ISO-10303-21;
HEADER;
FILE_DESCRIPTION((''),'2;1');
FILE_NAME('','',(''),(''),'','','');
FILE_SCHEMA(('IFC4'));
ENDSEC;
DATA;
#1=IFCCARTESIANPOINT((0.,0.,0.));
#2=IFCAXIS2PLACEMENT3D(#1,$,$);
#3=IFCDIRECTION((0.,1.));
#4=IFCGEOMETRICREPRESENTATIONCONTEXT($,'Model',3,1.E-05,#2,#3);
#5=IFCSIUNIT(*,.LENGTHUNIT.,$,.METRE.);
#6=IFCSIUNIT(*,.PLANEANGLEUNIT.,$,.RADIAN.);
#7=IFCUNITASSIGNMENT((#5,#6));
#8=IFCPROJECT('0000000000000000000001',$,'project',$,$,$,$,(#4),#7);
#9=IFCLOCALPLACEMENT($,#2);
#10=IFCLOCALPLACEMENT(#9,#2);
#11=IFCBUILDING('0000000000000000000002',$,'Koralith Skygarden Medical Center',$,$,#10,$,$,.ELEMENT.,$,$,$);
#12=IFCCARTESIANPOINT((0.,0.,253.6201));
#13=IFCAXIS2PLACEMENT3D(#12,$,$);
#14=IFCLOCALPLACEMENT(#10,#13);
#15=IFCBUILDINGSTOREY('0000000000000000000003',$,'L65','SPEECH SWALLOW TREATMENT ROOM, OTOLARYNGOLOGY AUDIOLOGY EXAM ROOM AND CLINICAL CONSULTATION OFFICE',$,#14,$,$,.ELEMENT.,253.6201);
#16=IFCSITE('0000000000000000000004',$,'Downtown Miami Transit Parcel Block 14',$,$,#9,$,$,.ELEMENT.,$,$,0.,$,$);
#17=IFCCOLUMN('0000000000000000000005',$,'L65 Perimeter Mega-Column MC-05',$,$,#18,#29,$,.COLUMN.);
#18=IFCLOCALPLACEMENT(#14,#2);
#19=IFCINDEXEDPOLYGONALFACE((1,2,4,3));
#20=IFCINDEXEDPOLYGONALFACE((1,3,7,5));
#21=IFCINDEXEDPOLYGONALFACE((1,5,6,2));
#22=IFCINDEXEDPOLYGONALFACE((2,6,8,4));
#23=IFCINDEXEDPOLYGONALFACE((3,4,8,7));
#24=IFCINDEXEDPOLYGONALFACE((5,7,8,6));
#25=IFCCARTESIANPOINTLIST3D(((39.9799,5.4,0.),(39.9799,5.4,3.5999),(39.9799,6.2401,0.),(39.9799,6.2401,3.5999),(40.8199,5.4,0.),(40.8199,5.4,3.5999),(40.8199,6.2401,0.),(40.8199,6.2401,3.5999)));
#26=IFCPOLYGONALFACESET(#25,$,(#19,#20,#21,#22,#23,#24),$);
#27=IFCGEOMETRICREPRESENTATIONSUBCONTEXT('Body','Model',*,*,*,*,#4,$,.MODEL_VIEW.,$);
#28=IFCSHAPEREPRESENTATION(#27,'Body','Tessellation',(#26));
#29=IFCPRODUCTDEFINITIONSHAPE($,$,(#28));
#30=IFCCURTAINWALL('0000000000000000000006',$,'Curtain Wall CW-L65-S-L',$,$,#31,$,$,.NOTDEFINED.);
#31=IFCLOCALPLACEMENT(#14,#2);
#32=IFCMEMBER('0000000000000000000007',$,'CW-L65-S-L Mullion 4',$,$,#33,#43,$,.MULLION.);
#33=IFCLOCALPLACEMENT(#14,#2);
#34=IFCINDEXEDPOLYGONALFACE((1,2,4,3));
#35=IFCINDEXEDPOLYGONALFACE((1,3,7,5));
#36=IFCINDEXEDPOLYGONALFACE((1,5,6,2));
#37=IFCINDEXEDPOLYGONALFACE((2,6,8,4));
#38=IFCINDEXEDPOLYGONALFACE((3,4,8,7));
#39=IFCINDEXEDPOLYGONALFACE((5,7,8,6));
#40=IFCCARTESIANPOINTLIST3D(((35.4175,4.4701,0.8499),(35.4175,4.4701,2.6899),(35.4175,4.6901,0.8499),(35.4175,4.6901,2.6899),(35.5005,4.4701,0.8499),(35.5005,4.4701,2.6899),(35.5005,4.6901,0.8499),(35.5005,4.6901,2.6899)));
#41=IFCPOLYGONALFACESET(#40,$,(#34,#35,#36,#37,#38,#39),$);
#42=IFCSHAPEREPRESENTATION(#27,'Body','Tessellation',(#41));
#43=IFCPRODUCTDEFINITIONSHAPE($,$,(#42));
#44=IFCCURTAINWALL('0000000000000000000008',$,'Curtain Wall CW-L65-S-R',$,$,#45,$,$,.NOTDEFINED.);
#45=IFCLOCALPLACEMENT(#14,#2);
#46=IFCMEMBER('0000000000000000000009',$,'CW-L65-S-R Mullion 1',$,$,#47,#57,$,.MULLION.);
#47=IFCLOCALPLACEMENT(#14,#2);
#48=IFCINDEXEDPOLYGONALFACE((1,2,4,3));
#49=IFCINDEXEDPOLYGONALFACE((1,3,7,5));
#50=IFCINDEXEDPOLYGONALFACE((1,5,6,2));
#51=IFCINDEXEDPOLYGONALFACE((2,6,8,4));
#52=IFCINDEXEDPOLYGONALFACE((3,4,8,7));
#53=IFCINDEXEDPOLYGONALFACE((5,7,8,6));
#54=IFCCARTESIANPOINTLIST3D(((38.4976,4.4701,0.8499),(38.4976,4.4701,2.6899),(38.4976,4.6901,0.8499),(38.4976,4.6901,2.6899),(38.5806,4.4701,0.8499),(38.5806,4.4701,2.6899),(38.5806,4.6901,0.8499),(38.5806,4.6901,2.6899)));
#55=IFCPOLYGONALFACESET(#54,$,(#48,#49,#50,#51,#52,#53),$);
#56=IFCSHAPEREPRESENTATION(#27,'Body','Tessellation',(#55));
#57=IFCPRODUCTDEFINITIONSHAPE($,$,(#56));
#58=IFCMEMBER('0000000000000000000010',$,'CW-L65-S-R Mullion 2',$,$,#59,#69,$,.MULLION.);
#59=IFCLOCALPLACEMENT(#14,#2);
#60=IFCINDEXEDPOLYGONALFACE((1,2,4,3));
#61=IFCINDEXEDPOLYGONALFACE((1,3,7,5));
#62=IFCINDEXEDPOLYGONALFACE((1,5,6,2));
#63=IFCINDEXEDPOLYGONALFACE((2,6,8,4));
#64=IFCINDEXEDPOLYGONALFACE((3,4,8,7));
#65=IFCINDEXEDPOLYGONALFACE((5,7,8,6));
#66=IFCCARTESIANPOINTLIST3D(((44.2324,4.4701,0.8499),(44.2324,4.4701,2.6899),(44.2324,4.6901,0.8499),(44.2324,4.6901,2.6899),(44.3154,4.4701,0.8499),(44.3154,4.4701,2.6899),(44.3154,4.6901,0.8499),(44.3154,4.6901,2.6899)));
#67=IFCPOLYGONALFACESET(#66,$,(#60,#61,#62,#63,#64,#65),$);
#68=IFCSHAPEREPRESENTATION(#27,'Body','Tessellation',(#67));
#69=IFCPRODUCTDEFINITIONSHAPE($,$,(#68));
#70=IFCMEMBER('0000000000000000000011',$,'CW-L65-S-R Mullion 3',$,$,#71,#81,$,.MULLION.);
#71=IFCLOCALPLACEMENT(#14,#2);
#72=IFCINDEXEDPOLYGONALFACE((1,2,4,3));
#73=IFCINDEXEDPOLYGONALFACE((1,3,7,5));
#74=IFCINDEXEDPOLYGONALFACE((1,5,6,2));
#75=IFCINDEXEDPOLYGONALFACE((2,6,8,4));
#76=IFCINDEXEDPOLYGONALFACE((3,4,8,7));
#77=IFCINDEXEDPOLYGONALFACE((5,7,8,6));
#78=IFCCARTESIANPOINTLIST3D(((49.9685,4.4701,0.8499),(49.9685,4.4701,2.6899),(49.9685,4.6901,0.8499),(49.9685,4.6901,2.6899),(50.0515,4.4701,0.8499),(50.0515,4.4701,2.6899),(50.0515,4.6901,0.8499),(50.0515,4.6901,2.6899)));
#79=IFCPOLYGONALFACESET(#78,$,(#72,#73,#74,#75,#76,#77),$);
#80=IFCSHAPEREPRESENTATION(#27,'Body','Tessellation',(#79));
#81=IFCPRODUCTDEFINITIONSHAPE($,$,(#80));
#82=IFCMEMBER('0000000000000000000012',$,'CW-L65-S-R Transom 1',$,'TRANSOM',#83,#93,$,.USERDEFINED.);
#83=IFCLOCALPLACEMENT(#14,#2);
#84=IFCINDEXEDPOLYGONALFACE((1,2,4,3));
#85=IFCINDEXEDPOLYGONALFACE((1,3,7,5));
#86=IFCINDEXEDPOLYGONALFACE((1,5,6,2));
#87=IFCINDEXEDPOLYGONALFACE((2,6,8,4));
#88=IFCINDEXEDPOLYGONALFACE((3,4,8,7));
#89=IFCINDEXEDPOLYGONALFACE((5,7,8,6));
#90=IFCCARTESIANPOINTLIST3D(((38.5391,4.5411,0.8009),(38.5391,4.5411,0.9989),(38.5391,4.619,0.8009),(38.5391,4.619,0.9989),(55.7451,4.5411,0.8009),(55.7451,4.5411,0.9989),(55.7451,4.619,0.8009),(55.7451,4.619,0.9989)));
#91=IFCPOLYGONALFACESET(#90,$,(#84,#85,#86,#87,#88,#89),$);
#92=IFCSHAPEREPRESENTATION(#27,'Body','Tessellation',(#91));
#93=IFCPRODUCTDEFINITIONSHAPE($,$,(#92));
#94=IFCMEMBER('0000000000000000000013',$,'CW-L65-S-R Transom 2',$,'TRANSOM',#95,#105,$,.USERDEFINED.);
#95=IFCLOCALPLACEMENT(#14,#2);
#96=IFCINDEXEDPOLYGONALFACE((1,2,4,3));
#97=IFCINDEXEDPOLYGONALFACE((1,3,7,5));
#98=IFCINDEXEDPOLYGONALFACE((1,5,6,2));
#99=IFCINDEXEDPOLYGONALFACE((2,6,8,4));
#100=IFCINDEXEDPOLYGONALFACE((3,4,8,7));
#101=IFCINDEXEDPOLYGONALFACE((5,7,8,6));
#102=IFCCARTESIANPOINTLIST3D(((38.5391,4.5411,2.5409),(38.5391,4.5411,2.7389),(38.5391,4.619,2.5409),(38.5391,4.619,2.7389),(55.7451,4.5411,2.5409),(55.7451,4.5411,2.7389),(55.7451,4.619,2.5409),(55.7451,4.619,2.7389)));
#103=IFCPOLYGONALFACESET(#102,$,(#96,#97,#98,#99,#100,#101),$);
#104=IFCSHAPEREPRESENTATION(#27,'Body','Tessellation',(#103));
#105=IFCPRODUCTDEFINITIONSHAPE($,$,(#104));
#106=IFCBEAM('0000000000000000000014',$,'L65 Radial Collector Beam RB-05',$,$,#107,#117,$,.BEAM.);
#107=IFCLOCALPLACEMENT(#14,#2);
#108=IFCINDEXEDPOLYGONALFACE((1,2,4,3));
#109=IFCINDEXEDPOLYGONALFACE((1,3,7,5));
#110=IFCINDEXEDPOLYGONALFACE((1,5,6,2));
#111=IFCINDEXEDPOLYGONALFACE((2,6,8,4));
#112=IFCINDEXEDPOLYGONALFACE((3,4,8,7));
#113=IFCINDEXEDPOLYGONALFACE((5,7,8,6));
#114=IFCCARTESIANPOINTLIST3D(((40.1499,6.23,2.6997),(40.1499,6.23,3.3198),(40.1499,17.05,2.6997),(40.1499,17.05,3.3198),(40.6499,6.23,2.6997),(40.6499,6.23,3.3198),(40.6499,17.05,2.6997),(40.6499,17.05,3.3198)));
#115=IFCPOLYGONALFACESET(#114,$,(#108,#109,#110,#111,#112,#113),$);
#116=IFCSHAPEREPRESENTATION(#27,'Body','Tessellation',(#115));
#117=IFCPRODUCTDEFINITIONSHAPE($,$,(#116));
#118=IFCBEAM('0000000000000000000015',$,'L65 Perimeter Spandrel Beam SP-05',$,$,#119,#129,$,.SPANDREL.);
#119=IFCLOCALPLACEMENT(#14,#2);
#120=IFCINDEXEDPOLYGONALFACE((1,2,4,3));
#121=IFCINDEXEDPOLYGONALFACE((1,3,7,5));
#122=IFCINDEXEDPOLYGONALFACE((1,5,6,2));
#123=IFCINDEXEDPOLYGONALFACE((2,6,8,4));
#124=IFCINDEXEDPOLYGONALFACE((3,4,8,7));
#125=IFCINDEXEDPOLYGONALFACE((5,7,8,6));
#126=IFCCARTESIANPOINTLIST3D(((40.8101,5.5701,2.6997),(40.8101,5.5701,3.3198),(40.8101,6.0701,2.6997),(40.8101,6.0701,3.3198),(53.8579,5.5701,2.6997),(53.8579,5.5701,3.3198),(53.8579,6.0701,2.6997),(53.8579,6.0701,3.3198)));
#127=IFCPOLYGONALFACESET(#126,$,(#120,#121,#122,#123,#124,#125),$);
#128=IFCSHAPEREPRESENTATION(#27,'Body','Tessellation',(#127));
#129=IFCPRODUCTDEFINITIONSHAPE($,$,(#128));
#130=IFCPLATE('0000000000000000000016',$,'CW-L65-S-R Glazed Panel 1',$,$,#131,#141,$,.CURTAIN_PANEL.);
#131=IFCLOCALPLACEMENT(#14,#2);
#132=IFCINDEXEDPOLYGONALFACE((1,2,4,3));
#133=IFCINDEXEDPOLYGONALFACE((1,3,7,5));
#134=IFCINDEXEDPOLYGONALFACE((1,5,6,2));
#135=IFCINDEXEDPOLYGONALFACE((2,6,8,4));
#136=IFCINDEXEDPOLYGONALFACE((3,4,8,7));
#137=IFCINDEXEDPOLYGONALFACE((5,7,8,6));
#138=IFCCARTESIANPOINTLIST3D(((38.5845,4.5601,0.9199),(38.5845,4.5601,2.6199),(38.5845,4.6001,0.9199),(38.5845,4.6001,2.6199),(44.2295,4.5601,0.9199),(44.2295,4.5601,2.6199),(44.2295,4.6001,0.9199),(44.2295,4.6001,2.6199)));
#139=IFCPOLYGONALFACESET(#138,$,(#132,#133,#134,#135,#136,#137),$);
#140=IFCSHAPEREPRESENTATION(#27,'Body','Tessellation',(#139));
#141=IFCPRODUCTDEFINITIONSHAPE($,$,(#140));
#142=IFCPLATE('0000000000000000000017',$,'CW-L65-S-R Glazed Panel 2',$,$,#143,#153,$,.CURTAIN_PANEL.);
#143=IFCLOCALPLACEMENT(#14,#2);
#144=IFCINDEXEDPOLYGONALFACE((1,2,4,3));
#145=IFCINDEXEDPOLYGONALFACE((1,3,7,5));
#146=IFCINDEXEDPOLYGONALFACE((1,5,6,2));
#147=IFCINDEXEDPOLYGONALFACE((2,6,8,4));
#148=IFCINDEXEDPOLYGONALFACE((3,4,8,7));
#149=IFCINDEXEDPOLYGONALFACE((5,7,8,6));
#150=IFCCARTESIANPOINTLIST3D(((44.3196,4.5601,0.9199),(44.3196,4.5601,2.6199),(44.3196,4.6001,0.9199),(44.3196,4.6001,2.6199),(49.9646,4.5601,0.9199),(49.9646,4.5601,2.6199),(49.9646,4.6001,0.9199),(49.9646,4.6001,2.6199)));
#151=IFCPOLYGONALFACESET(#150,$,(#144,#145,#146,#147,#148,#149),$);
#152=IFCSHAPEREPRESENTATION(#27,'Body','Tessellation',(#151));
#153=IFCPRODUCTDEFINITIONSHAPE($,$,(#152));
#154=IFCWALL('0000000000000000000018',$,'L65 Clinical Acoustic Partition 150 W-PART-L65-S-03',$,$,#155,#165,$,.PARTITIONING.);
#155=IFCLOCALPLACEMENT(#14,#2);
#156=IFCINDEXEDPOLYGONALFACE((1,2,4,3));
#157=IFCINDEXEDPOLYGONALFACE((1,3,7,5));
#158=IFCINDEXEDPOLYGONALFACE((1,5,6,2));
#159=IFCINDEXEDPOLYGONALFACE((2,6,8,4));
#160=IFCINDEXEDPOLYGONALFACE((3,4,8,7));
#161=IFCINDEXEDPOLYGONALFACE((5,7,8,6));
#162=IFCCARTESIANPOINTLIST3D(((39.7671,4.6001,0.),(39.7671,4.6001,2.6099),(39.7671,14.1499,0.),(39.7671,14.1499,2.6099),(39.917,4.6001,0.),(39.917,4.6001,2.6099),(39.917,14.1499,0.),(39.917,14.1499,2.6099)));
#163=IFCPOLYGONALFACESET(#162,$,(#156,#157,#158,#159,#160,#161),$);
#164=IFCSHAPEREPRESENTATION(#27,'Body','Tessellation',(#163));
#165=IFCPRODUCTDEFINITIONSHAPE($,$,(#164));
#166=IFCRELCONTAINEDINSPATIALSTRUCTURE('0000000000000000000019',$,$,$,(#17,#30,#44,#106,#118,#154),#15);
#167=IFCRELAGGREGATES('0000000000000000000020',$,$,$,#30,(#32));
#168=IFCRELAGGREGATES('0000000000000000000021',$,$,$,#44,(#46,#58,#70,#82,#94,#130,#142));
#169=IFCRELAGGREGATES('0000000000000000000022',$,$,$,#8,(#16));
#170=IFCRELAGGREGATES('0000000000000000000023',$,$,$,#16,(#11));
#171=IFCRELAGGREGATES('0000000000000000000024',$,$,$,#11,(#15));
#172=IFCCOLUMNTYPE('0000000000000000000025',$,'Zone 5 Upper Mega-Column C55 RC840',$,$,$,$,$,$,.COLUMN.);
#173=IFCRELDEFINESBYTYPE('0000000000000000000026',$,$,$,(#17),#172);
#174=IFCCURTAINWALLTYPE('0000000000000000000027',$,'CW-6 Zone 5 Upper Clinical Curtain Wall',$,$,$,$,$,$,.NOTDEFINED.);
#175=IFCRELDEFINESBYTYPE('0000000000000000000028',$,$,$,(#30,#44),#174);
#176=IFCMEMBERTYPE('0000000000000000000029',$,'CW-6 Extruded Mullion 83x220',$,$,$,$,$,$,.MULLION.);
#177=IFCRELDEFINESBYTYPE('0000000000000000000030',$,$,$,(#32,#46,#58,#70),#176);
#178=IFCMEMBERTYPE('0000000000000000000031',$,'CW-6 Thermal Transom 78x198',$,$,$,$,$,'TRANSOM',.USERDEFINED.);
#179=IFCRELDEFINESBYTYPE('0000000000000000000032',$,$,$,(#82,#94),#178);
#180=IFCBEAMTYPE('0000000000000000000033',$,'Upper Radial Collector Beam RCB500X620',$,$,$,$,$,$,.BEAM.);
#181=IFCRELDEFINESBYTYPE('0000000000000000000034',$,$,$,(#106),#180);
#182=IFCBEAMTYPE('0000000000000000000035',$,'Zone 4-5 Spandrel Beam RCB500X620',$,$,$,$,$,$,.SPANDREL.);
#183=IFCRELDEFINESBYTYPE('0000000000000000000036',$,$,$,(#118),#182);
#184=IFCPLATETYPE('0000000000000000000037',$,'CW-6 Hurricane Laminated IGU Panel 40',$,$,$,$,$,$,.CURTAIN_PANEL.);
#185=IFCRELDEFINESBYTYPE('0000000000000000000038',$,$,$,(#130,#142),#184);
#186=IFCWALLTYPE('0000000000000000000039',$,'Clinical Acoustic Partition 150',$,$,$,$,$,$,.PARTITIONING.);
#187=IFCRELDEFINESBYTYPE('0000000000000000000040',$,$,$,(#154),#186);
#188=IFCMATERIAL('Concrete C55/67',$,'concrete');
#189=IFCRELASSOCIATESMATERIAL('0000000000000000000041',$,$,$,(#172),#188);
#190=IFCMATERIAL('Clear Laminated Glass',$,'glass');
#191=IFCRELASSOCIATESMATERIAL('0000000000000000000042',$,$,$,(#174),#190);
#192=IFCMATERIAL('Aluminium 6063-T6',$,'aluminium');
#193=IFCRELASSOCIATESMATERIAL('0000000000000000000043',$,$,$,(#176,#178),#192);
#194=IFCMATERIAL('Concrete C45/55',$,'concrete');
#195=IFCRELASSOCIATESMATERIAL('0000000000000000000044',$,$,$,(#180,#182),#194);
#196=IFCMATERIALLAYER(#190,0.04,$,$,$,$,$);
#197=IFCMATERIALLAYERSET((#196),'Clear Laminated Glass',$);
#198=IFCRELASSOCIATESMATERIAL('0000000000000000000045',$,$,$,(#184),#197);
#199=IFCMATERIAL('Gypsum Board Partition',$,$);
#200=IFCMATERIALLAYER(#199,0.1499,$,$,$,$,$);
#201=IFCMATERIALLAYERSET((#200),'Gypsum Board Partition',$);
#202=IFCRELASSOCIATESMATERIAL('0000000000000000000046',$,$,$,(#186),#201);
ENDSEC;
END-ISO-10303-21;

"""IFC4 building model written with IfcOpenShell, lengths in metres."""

from ifc_helpers import new_model, si_unit, direction, frame, frame_2d, origin, origin_2d, place, context, subcontext, project, spatial, rectangle, extrude, material, layer, layer_set, material_profile, profile_set, type_object, element, aggregate, save


model = new_model("IFC4")

# Units and contexts
model_context = context("Model", 3, precision=1e-05, world=origin(), true_north=direction((0.0, 1.0)))
body_context = subcontext(model_context, "Body", "Model", "MODEL_VIEW")
ifc_project = project(units=[si_unit("LENGTHUNIT", "METRE"), si_unit("PLANEANGLEUNIT", "RADIAN")], contexts=[model_context])

# Site, building, storey
site_placement = place(None, origin())
site = spatial("IfcSite", under=ifc_project, at=site_placement, Name="Downtown Miami Transit Parcel Block 14", CompositionType="ELEMENT", RefElevation=0.0)
building_placement = place(site_placement, origin())
building = spatial("IfcBuilding", under=site, at=building_placement, Name="Koralith Skygarden Medical Center", CompositionType="ELEMENT")
storey_placement = place(building_placement, frame((0.0, 0.0, 253.6201)))
storey = spatial("IfcBuildingStorey", under=building, at=storey_placement, Name="L65", Description="SPEECH SWALLOW TREATMENT ROOM, OTOLARYNGOLOGY AUDIOLOGY EXAM ROOM AND CLINICAL CONSULTATION OFFICE", CompositionType="ELEMENT", Elevation=253.6201)

# Column
ifc_material_1 = material(Name="Concrete C55/67", Category="concrete")
ifc_material_profile_1 = material_profile(ifc_material_1, rectangle(XDim=0.8401, YDim=0.8401, at=origin_2d()), Name="RC840X840")
ifc_profile_set_1 = profile_set([ifc_material_profile_1], Name="Concrete C55/67")
column_type = type_object("IfcColumnType", Name="Zone 5 Upper Mega-Column C55 RC840", PredefinedType="COLUMN", material=ifc_profile_set_1)
column_placement = place(storey_placement, frame((40.3999, 5.8201, 0.0), z_axis=(0.0, 0.0, 1.0), x_axis=(1.0, 0.0, 0.0)))
element("IfcColumn", 1, at=column_placement, inside=storey, type_object=column_type, Name="L65 Perimeter Mega-Column MC-05", PredefinedType="COLUMN", context=body_context, shape_type="SweptSolid", body=[
    extrude(rectangle(XDim=0.8401, YDim=0.8401, at=origin_2d()), origin(), (0.0, 0.0, 1.0), 3.5999),
])

# Curtain wall, member
ifc_material_2 = material(Name="Clear Laminated Glass", Category="glass")
curtain_wall_type = type_object("IfcCurtainWallType", Name="CW-6 Zone 5 Upper Clinical Curtain Wall", PredefinedType="NOTDEFINED", material=ifc_material_2)
curtain_wall_1_placement = place(storey_placement, origin())
curtain_wall_1 = element("IfcCurtainWall", 2, at=curtain_wall_1_placement, inside=storey, type_object=curtain_wall_type, Name="Curtain Wall CW-L65-S-L", PredefinedType="NOTDEFINED")
ifc_material_3 = material(Name="Aluminium 6063-T6", Category="aluminium")
ifc_material_profile_2 = material_profile(ifc_material_3, rectangle(XDim=0.083, YDim=0.22, at=origin_2d()), Name="MUL83X220")
ifc_profile_set_2 = profile_set([ifc_material_profile_2], Name="Aluminium 6063-T6")
member_type_1 = type_object("IfcMemberType", Name="CW-6 Extruded Mullion 83x220", PredefinedType="MULLION", material=ifc_profile_set_2)
member_1_placement = place(storey_placement, frame((35.459, 4.5801, 0.8499), z_axis=(0.0, 0.0, 1.0), x_axis=(1.0, 0.0, 0.0)))
member_1 = element("IfcMember", 3, at=member_1_placement, type_object=member_type_1, Name="CW-L65-S-L Mullion 4", PredefinedType="MULLION", context=body_context, shape_type="SweptSolid", body=[
    extrude(rectangle(XDim=0.083, YDim=0.22, at=origin_2d()), origin(), (0.0, 0.0, 1.0), 1.8401),
])
aggregate(curtain_wall_1, [member_1])

# Curtain wall, members
curtain_wall_2_placement = place(storey_placement, origin())
curtain_wall_2 = element("IfcCurtainWall", 4, at=curtain_wall_2_placement, inside=storey, type_object=curtain_wall_type, Name="Curtain Wall CW-L65-S-R", PredefinedType="NOTDEFINED")
member_2_placement = place(storey_placement, frame((38.5391, 4.5801, 0.8499), z_axis=(0.0, 0.0, 1.0), x_axis=(1.0, 0.0, 0.0)))
member_2 = element("IfcMember", 5, at=member_2_placement, type_object=member_type_1, Name="CW-L65-S-R Mullion 1", PredefinedType="MULLION", context=body_context, shape_type="SweptSolid", body=[
    extrude(rectangle(XDim=0.083, YDim=0.22, at=origin_2d()), origin(), (0.0, 0.0, 1.0), 1.8401),
])
member_3_placement = place(storey_placement, frame((44.2739, 4.5801, 0.8499), z_axis=(0.0, 0.0, 1.0), x_axis=(1.0, 0.0, 0.0)))
member_3 = element("IfcMember", 6, at=member_3_placement, type_object=member_type_1, Name="CW-L65-S-R Mullion 2", PredefinedType="MULLION", context=body_context, shape_type="SweptSolid", body=[
    extrude(rectangle(XDim=0.083, YDim=0.22, at=origin_2d()), origin(), (0.0, 0.0, 1.0), 1.8401),
])
member_4_placement = place(storey_placement, frame((50.01, 4.5801, 0.8499), z_axis=(0.0, 0.0, 1.0), x_axis=(1.0, 0.0, 0.0)))
member_4 = element("IfcMember", 7, at=member_4_placement, type_object=member_type_1, Name="CW-L65-S-R Mullion 3", PredefinedType="MULLION", context=body_context, shape_type="SweptSolid", body=[
    extrude(rectangle(XDim=0.083, YDim=0.22, at=origin_2d()), origin(), (0.0, 0.0, 1.0), 1.8401),
])
ifc_material_profile_3 = material_profile(ifc_material_3, rectangle(XDim=0.0779, YDim=0.198, at=origin_2d()), Name="TRN78X198")
ifc_profile_set_3 = profile_set([ifc_material_profile_3], Name="Aluminium 6063-T6")
member_type_2 = type_object("IfcMemberType", Name="CW-6 Thermal Transom 78x198", ElementType="TRANSOM", PredefinedType="USERDEFINED", material=ifc_profile_set_3)
member_5_placement = place(storey_placement, frame((38.5391, 4.5801, 0.8999), z_axis=(1.0, 0.0, 0.0), x_axis=(0.0, 1.0, 0.0)))
member_5 = element("IfcMember", 8, at=member_5_placement, type_object=member_type_2, Name="CW-L65-S-R Transom 1", ObjectType="TRANSOM", PredefinedType="USERDEFINED", context=body_context, shape_type="SweptSolid", body=[
    extrude(rectangle(XDim=0.0779, YDim=0.198, at=origin_2d()), origin(), (0.0, 0.0, 1.0), 17.2061),
])
member_6_placement = place(storey_placement, frame((38.5391, 4.5801, 2.6399), z_axis=(1.0, 0.0, 0.0), x_axis=(0.0, 1.0, 0.0)))
member_6 = element("IfcMember", 9, at=member_6_placement, type_object=member_type_2, Name="CW-L65-S-R Transom 2", ObjectType="TRANSOM", PredefinedType="USERDEFINED", context=body_context, shape_type="SweptSolid", body=[
    extrude(rectangle(XDim=0.0779, YDim=0.198, at=origin_2d()), origin(), (0.0, 0.0, 1.0), 17.2061),
])

# Beams
ifc_material_4 = material(Name="Concrete C45/55", Category="concrete")
ifc_material_profile_4 = material_profile(ifc_material_4, rectangle(XDim=0.5, YDim=0.6201, at=origin_2d()), Name="RCB500X620")
ifc_profile_set_4 = profile_set([ifc_material_profile_4], Name="Concrete C45/55")
beam_type_1 = type_object("IfcBeamType", Name="Upper Radial Collector Beam RCB500X620", PredefinedType="BEAM", material=ifc_profile_set_4)
beam_1_placement = place(storey_placement, frame((40.3999, 17.05, 3.0098), z_axis=(0.0, -1.0, 0.0), x_axis=(1.0, 0.0, 0.0)))
element("IfcBeam", 10, at=beam_1_placement, inside=storey, type_object=beam_type_1, Name="L65 Radial Collector Beam RB-05", PredefinedType="BEAM", context=body_context, shape_type="SweptSolid", body=[
    extrude(rectangle(XDim=0.5, YDim=0.6201, at=origin_2d()), origin(), (0.0, 0.0, 1.0), 10.8201),
])
ifc_material_profile_5 = material_profile(ifc_material_4, rectangle(XDim=0.5, YDim=0.6201, at=origin_2d()), Name="RCB500X620")
ifc_profile_set_5 = profile_set([ifc_material_profile_5], Name="Concrete C45/55")
beam_type_2 = type_object("IfcBeamType", Name="Zone 4-5 Spandrel Beam RCB500X620", PredefinedType="SPANDREL", material=ifc_profile_set_5)
beam_2_placement = place(storey_placement, frame((40.8101, 5.8201, 3.0098), z_axis=(1.0, 0.0, 0.0), x_axis=(0.0, 1.0, 0.0)))
element("IfcBeam", 11, at=beam_2_placement, inside=storey, type_object=beam_type_2, Name="L65 Perimeter Spandrel Beam SP-05", PredefinedType="SPANDREL", context=body_context, shape_type="SweptSolid", body=[
    extrude(rectangle(XDim=0.5, YDim=0.6201, at=origin_2d()), origin(), (0.0, 0.0, 1.0), 13.0479),
])

# Plates
ifc_layer_1 = layer(ifc_material_2, 0.04)
ifc_layer_set_1 = layer_set([ifc_layer_1], Name="Clear Laminated Glass")
plate_type = type_object("IfcPlateType", Name="CW-6 Hurricane Laminated IGU Panel 40", PredefinedType="CURTAIN_PANEL", material=ifc_layer_set_1)
plate_1_placement = place(storey_placement, frame((41.407, 4.5801, 0.9199), z_axis=(0.0, 0.0, 1.0), x_axis=(1.0, 0.0, 0.0)))
plate_1 = element("IfcPlate", 12, at=plate_1_placement, type_object=plate_type, Name="CW-L65-S-R Glazed Panel 1", PredefinedType="CURTAIN_PANEL", context=body_context, shape_type="SweptSolid", body=[
    extrude(rectangle(XDim=5.645, YDim=0.04, at=origin_2d()), origin(), (0.0, 0.0, 1.0), 1.7),
])
plate_2_placement = place(storey_placement, frame((47.1421, 4.5801, 0.9199), z_axis=(0.0, 0.0, 1.0), x_axis=(1.0, 0.0, 0.0)))
plate_2 = element("IfcPlate", 13, at=plate_2_placement, type_object=plate_type, Name="CW-L65-S-R Glazed Panel 2", PredefinedType="CURTAIN_PANEL", context=body_context, shape_type="SweptSolid", body=[
    extrude(rectangle(XDim=5.645, YDim=0.04, at=origin_2d()), origin(), (0.0, 0.0, 1.0), 1.7),
])
aggregate(curtain_wall_2, [member_2, member_3, member_4, member_5, member_6, plate_1, plate_2])

# Wall
ifc_material_5 = material(Name="Gypsum Board Partition")
ifc_layer_2 = layer(ifc_material_5, 0.1499)
ifc_layer_set_2 = layer_set([ifc_layer_2], Name="Gypsum Board Partition")
wall_type_1 = type_object("IfcWallType", Name="Clinical Acoustic Partition 150", PredefinedType="PARTITIONING", material=ifc_layer_set_2)
wall_1_placement = place(storey_placement, frame((39.842, 14.1499, 0.0), z_axis=(0.0, 0.0, 1.0), x_axis=(0.0, -1.0, 0.0)))
element("IfcWall", 14, at=wall_1_placement, inside=storey, type_object=wall_type_1, Name="L65 Clinical Acoustic Partition 150 W-PART-L65-S-03", PredefinedType="PARTITIONING", context=body_context, shape_type="SweptSolid", body=[
    extrude(rectangle(XDim=9.5498, YDim=0.1499, at=frame_2d((4.7749, 0.0))), origin(), (0.0, 0.0, 1.0), 2.6099),
])

save(model, "model.ifc")
